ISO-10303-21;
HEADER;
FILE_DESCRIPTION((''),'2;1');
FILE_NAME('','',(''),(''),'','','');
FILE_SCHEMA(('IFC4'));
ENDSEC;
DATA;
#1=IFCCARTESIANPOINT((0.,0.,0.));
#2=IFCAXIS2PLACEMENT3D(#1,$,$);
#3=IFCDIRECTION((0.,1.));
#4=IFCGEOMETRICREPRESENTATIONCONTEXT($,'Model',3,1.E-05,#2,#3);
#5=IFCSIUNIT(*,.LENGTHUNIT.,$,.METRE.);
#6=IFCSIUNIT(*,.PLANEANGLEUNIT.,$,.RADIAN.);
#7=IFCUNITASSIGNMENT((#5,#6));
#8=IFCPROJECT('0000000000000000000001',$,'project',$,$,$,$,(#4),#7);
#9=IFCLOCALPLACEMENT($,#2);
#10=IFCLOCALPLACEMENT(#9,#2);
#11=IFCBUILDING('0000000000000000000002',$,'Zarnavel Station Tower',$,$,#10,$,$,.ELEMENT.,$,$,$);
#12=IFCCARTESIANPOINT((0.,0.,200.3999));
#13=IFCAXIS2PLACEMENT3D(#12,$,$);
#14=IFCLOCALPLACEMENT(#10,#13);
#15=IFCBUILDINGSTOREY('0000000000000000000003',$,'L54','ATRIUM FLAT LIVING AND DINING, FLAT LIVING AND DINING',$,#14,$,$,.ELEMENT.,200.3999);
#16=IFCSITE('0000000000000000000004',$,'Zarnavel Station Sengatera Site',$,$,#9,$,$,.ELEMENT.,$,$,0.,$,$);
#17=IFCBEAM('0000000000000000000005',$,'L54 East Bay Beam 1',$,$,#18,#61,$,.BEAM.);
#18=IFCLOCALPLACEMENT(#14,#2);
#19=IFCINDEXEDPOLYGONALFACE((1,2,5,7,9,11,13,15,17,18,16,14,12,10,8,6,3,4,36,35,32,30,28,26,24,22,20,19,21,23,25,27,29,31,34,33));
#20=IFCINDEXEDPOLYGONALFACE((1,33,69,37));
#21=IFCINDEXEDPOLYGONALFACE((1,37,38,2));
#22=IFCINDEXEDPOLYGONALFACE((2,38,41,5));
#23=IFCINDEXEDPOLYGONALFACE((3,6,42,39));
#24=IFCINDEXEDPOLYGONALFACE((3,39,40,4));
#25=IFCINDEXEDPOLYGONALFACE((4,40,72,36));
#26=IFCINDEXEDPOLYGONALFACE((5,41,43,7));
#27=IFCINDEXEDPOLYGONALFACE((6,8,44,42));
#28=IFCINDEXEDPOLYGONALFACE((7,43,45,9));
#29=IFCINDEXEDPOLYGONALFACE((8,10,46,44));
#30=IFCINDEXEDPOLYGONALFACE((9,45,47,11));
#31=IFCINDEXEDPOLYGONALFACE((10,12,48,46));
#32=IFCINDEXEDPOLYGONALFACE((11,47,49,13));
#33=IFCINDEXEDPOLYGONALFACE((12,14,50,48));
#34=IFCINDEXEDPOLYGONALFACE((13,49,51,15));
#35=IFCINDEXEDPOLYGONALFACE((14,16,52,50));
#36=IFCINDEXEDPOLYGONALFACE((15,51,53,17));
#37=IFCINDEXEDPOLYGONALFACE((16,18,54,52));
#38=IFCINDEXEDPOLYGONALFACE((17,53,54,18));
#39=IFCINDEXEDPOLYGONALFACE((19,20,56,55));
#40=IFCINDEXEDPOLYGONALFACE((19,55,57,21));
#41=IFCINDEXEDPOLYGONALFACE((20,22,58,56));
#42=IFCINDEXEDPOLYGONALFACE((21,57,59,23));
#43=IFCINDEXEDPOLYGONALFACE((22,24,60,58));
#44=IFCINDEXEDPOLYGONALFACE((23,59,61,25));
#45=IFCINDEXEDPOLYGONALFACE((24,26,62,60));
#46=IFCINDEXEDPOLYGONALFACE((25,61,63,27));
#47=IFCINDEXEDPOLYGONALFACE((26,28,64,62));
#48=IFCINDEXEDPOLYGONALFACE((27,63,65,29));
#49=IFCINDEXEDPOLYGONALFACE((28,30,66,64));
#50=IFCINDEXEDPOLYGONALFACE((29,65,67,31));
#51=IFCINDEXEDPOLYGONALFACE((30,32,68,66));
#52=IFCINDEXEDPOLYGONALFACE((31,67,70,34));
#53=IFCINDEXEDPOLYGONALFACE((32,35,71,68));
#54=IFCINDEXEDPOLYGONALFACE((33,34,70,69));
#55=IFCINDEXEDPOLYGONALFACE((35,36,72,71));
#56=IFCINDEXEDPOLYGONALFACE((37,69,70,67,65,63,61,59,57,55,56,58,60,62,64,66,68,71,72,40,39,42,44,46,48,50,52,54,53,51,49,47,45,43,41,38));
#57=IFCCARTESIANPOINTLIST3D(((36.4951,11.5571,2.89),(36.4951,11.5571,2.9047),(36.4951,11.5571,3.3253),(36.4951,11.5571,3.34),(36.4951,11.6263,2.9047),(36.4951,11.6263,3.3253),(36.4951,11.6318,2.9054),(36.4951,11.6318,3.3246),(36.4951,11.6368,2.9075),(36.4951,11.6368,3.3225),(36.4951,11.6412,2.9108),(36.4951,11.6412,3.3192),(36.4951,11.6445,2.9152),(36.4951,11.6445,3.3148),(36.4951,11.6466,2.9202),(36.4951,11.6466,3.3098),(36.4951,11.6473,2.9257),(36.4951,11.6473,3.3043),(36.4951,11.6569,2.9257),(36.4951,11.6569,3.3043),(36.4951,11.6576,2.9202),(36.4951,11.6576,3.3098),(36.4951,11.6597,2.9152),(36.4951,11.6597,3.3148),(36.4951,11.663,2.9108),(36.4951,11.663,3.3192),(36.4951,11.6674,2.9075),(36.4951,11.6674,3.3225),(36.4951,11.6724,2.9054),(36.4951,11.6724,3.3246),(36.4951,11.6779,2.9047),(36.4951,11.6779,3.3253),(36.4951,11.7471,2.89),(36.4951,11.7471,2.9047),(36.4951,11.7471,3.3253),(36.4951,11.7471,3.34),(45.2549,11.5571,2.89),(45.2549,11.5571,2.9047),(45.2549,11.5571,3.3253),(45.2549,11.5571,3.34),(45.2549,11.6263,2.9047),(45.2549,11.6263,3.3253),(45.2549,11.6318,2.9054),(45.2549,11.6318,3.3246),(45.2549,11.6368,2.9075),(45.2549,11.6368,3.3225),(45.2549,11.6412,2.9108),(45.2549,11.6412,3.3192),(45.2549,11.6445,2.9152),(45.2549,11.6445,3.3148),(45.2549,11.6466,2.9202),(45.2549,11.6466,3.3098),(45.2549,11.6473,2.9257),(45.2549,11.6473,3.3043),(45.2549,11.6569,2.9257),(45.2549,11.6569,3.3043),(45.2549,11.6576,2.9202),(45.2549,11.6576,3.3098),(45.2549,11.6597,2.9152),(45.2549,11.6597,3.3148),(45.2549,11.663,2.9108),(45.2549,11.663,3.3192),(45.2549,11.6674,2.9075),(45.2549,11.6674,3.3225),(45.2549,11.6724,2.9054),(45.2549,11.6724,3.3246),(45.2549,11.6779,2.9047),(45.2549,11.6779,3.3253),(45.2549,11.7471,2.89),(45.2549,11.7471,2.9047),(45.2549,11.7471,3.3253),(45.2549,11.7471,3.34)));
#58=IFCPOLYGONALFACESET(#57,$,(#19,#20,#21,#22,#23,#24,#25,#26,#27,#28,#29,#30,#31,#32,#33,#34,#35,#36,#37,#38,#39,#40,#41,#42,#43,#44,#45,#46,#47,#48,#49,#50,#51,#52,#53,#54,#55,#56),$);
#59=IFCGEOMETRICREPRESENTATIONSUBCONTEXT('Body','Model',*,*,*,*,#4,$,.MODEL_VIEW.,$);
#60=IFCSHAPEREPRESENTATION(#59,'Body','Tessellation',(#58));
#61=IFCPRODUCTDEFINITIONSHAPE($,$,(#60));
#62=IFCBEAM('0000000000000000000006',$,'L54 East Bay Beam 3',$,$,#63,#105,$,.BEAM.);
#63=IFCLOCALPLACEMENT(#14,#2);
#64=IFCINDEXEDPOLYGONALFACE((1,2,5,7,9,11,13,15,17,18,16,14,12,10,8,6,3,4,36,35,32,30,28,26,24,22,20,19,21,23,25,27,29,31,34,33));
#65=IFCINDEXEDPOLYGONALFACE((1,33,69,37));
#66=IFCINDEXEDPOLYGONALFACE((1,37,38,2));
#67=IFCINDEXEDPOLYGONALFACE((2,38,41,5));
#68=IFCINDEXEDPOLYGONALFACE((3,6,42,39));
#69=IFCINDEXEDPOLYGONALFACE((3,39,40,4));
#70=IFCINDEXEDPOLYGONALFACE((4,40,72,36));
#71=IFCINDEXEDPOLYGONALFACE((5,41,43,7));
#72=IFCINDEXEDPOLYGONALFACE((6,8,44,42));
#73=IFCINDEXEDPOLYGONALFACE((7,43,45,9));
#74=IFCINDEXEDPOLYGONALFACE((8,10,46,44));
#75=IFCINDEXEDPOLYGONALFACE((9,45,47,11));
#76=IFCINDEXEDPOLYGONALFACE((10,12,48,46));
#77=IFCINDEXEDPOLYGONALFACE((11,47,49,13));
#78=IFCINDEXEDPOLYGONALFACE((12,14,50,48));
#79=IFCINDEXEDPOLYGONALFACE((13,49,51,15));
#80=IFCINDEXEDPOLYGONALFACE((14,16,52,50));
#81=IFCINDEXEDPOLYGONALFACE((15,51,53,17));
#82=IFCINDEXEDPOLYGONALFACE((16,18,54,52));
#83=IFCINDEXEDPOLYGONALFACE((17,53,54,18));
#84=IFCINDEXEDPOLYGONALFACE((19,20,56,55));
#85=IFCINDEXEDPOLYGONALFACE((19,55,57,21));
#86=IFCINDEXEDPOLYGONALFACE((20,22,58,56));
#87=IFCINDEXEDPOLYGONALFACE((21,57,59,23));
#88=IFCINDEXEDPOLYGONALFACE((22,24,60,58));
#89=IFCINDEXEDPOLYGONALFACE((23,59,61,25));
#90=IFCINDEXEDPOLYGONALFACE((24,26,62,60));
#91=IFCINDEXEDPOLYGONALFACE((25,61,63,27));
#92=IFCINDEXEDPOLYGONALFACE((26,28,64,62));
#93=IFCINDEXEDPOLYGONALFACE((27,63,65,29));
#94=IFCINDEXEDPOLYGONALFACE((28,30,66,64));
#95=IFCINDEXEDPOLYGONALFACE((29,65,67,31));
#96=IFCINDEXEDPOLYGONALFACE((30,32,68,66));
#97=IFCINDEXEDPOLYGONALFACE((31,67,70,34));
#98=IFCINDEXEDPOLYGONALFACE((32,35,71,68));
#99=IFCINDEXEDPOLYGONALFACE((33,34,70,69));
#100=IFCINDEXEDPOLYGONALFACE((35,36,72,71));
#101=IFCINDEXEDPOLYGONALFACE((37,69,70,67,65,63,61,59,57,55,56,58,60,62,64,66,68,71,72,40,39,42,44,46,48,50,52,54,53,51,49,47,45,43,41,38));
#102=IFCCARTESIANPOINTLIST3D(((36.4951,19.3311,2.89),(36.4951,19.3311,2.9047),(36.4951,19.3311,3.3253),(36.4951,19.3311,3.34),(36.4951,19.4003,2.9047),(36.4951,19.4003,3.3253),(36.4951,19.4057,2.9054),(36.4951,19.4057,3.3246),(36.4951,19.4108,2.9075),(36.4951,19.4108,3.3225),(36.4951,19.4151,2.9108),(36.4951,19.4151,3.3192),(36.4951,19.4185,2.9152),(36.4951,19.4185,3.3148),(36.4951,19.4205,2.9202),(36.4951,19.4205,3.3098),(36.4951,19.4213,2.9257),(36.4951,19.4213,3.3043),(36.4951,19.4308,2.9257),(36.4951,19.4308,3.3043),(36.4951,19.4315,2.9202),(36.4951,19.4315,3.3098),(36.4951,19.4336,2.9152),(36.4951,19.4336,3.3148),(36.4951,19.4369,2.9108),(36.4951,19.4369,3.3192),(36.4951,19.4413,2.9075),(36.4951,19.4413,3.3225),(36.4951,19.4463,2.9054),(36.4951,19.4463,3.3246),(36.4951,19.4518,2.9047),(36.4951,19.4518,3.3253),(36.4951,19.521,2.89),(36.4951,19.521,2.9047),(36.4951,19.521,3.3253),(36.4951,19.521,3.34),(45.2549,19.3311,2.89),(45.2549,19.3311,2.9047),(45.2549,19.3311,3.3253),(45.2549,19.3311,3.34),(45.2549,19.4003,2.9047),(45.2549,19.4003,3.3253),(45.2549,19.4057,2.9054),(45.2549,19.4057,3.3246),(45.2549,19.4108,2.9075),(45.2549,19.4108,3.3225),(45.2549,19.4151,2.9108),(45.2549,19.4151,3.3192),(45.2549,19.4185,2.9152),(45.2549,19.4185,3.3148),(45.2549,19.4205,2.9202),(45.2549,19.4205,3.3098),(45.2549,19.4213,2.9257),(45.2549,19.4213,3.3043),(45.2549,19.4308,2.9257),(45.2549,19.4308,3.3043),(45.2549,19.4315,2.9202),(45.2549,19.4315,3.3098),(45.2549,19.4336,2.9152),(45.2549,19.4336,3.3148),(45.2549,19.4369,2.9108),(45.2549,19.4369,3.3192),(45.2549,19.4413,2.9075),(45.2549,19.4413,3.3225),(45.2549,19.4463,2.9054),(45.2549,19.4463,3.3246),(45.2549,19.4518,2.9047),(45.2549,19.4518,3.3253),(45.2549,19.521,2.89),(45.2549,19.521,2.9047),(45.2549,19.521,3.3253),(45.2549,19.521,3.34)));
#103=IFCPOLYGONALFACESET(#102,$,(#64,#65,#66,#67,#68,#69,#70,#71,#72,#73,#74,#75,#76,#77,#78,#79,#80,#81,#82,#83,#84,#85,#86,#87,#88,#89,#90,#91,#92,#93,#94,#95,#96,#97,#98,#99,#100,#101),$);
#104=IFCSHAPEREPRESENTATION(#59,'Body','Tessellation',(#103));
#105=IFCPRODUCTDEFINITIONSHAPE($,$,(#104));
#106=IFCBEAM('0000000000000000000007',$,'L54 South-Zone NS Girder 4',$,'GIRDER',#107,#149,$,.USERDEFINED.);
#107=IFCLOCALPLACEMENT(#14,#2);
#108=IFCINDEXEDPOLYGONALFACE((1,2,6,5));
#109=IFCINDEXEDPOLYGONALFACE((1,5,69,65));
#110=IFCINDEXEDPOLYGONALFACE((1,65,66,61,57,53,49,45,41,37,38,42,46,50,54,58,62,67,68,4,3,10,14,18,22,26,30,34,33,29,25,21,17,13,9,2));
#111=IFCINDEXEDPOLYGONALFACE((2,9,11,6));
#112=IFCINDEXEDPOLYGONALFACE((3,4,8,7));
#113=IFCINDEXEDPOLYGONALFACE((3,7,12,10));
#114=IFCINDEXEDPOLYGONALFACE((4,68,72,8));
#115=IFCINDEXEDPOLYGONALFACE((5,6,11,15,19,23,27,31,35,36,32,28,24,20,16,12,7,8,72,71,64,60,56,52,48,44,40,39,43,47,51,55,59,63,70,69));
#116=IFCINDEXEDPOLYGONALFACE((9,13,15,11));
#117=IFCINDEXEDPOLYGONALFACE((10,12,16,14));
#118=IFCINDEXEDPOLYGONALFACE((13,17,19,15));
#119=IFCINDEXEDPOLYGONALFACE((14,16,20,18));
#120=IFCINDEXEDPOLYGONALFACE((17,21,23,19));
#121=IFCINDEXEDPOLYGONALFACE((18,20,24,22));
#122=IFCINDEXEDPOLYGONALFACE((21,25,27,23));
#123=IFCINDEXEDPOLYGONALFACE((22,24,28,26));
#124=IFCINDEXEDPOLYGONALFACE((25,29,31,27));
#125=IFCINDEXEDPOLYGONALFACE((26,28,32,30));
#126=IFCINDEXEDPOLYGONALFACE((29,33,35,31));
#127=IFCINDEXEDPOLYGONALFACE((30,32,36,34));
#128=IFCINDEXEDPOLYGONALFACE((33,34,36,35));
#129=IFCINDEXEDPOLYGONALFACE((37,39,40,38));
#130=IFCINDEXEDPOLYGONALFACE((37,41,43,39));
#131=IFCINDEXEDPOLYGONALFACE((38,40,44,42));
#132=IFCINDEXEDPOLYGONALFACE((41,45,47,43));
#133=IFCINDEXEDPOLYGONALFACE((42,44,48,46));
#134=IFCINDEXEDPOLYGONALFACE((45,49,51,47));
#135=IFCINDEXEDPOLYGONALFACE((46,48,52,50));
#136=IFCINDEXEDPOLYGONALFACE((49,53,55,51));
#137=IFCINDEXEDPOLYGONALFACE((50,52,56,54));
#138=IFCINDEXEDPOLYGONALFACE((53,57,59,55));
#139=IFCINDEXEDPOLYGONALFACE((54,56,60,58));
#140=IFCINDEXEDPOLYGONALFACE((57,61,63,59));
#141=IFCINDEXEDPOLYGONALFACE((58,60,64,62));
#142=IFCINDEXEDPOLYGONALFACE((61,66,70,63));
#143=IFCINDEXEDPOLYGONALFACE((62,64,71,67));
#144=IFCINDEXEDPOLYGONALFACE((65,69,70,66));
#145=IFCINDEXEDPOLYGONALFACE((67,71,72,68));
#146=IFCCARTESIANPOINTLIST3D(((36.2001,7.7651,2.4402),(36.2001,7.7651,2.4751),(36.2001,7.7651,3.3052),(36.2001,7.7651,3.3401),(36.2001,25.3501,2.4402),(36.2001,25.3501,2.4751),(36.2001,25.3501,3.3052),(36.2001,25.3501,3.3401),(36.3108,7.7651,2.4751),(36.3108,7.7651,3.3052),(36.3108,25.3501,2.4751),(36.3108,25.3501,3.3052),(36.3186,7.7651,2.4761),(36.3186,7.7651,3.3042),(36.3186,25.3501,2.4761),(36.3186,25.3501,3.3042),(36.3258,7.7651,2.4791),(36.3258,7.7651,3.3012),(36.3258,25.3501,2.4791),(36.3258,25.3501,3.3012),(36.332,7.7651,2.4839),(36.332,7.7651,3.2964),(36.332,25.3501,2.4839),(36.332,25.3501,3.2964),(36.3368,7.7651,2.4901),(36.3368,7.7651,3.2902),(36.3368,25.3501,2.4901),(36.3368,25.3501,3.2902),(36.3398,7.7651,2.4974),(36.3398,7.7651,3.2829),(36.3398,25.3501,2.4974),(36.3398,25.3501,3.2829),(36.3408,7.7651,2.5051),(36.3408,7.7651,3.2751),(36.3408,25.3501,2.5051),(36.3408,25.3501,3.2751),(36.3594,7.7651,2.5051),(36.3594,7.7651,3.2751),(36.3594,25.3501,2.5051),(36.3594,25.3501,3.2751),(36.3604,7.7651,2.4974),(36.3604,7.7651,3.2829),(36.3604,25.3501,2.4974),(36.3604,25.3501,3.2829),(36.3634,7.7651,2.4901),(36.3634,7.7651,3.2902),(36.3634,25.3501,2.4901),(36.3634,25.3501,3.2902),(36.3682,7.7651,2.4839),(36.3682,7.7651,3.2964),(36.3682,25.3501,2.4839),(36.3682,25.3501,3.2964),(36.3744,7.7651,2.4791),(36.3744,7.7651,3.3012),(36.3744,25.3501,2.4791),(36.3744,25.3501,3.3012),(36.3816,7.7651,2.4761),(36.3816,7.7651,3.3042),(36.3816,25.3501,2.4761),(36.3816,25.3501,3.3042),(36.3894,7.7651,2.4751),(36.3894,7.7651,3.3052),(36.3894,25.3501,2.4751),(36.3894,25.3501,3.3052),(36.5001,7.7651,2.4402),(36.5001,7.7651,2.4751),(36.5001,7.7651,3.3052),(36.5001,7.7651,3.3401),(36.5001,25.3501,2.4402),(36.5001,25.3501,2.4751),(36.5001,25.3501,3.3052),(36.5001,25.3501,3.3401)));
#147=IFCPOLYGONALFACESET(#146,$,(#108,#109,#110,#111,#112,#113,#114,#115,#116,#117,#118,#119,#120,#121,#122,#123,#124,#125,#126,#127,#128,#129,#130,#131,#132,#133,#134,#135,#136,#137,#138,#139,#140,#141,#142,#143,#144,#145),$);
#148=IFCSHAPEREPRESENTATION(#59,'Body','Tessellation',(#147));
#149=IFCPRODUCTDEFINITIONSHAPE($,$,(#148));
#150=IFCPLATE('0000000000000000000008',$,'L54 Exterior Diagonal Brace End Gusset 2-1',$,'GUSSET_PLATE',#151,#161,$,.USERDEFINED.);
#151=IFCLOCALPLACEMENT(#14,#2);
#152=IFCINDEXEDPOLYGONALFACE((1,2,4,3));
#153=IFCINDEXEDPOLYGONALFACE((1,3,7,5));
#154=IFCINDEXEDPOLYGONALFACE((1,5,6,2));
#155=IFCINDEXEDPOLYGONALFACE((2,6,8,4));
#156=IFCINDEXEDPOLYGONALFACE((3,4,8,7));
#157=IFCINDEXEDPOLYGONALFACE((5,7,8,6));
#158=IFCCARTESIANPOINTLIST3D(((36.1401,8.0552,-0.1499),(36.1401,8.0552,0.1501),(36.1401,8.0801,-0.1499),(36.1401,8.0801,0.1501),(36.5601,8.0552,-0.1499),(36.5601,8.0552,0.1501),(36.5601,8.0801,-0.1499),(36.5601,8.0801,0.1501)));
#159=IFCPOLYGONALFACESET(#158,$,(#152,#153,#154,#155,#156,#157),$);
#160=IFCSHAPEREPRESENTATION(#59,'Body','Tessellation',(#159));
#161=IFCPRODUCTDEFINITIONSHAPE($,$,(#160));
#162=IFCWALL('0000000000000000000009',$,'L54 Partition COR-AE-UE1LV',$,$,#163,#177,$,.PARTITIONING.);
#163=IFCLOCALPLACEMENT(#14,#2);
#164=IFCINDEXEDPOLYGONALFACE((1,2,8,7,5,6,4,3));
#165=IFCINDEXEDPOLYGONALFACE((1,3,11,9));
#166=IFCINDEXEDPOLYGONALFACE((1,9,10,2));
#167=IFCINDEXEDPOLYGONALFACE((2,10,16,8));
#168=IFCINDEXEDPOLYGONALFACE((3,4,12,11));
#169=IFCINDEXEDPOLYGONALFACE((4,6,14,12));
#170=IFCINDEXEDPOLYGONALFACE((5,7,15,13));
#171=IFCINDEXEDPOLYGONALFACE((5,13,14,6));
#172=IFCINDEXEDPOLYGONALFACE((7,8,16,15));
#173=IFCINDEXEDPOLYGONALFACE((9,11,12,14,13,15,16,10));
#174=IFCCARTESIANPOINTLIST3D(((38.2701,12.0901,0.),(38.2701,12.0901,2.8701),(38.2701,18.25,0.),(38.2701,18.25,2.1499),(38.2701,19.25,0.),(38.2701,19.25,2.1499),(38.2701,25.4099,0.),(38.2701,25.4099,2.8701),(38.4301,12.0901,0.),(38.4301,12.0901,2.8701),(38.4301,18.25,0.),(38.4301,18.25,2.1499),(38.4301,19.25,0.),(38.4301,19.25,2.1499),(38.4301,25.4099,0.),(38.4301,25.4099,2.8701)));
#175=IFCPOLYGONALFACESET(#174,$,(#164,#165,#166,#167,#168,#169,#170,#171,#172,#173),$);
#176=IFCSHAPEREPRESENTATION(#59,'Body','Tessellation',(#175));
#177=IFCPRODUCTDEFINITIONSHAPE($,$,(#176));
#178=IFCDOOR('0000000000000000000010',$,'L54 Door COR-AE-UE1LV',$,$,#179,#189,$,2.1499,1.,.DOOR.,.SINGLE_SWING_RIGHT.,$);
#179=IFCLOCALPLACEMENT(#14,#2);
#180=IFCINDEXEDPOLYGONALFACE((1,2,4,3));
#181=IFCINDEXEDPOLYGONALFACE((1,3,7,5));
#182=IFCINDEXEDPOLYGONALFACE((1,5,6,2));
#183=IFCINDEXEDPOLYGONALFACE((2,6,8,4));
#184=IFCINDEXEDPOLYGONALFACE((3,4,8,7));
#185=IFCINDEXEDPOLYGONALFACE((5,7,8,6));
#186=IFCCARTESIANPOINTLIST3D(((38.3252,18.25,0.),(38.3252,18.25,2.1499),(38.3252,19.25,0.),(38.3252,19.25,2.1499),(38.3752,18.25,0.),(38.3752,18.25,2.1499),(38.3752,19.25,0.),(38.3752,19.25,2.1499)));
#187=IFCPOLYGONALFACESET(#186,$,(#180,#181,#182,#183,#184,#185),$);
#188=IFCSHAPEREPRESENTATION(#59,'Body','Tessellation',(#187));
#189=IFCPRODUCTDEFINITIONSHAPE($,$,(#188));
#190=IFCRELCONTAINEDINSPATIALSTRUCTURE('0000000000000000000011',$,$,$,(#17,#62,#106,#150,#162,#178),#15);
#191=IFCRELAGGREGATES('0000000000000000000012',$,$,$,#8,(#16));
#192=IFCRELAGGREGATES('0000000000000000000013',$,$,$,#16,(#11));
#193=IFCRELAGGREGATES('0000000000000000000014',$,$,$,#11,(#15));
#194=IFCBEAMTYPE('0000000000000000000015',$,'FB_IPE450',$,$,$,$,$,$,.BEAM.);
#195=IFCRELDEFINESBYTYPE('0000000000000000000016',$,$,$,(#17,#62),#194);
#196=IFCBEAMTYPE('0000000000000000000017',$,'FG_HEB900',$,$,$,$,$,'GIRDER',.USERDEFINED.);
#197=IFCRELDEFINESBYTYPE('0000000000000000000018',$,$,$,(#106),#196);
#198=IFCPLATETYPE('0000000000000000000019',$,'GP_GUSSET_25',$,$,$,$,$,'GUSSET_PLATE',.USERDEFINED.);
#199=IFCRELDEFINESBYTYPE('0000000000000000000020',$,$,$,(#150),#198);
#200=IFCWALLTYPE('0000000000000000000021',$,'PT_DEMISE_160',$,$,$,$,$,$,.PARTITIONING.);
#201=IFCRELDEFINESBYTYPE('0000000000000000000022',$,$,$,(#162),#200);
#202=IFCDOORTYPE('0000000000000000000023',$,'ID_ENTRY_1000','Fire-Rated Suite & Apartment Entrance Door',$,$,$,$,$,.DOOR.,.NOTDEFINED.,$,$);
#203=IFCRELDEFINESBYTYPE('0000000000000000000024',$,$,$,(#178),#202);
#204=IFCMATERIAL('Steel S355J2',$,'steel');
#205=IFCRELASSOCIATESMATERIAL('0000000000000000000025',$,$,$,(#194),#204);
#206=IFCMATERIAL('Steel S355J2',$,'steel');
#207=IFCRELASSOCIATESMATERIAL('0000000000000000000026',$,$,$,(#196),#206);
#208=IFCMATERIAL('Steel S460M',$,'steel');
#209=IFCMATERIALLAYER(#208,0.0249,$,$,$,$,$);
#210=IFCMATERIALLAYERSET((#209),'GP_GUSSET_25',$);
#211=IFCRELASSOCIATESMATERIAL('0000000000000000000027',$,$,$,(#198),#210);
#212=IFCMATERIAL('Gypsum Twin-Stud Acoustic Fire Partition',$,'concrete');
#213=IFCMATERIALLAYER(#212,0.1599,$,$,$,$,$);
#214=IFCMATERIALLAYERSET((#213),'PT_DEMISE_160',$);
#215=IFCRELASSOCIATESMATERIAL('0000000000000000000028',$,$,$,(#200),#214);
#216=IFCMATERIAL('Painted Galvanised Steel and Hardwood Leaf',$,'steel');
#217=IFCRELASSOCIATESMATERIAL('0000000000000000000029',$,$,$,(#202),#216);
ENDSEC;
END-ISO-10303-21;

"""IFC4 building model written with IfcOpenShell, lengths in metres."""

from ifc_helpers import new_model, si_unit, direction, frame, frame_2d, origin, origin_2d, place, context, subcontext, project, spatial, rectangle, i_section, extrude, material, layer, layer_set, material_profile, profile_set, type_object, element, fill, save


model = new_model("IFC4")

# Units and contexts
model_context = context("Model", 3, precision=1e-05, world=origin(), true_north=direction((0.0, 1.0)))
body_context = subcontext(model_context, "Body", "Model", "MODEL_VIEW")
ifc_project = project(units=[si_unit("LENGTHUNIT", "METRE"), si_unit("PLANEANGLEUNIT", "RADIAN")], contexts=[model_context])

# Site, building, storey
site_placement = place(None, origin())
site = spatial("IfcSite", under=ifc_project, at=site_placement, Name="Zarnavel Station Sengatera Site", CompositionType="ELEMENT", RefElevation=0.0)
building_placement = place(site_placement, origin())
building = spatial("IfcBuilding", under=site, at=building_placement, Name="Zarnavel Station Tower", CompositionType="ELEMENT")
storey_placement = place(building_placement, frame((0.0, 0.0, 200.3999)))
storey = spatial("IfcBuildingStorey", under=building, at=storey_placement, Name="L54", Description="ATRIUM FLAT LIVING AND DINING, FLAT LIVING AND DINING", CompositionType="ELEMENT", Elevation=200.3999)

# Beams
ifc_material_1 = material(Name="Steel S355J2", Category="steel")
ifc_material_profile_1 = material_profile(ifc_material_1, i_section(OverallWidth=0.1899, OverallDepth=0.45, WebThickness=0.0095, FlangeThickness=0.0146, FilletRadius=0.021, at=origin_2d()), Name="IPE450")
ifc_profile_set_1 = profile_set([ifc_material_profile_1], Name="Steel S355J2")
beam_type_1 = type_object("IfcBeamType", Name="FB_IPE450", PredefinedType="BEAM", material=ifc_profile_set_1)
for number, where, z_axis, x_axis, name in (
    (1, (36.4951, 11.6521, 3.115), (1.0, 0.0, 0.0), (0.0, 1.0, 0.0), "L54 East Bay Beam 1"),
    (2, (36.4951, 19.426, 3.115), (1.0, 0.0, 0.0), (0.0, 1.0, 0.0), "L54 East Bay Beam 3"),
):
    element("IfcBeam", number, at=place(storey_placement, frame(where, z_axis=z_axis, x_axis=x_axis)), inside=storey, type_object=beam_type_1, Name=name, PredefinedType="BEAM", context=body_context, shape_type="SweptSolid", body=[
        extrude(i_section(OverallWidth=0.1899, OverallDepth=0.45, WebThickness=0.0095, FlangeThickness=0.0146, FilletRadius=0.021, at=origin_2d()), origin(), (0.0, 0.0, 1.0), 8.7598),
    ])
ifc_material_2 = material(Name="Steel S355J2", Category="steel")
ifc_material_profile_2 = material_profile(ifc_material_2, i_section(OverallWidth=0.3, OverallDepth=0.8999, WebThickness=0.0186, FlangeThickness=0.0349, FilletRadius=0.03, at=origin_2d()), Name="HEB900")
ifc_profile_set_2 = profile_set([ifc_material_profile_2], Name="Steel S355J2")
beam_type_2 = type_object("IfcBeamType", Name="FG_HEB900", ElementType="GIRDER", PredefinedType="USERDEFINED", material=ifc_profile_set_2)
beam_1_placement = place(storey_placement, frame((36.3501, 7.7651, 2.8901), z_axis=(0.0, 1.0, 0.0), x_axis=(-1.0, 0.0, 0.0)))
element("IfcBeam", 3, at=beam_1_placement, inside=storey, type_object=beam_type_2, Name="L54 South-Zone NS Girder 4", ObjectType="GIRDER", PredefinedType="USERDEFINED", context=body_context, shape_type="SweptSolid", body=[
    extrude(i_section(OverallWidth=0.3, OverallDepth=0.8999, WebThickness=0.0186, FlangeThickness=0.0349, FilletRadius=0.03, at=origin_2d()), origin(), (0.0, 0.0, 1.0), 17.585),
])

# Plate
ifc_material_3 = material(Name="Steel S460M", Category="steel")
ifc_layer_1 = layer(ifc_material_3, 0.0249)
ifc_layer_set_1 = layer_set([ifc_layer_1], Name="GP_GUSSET_25")
plate_type = type_object("IfcPlateType", Name="GP_GUSSET_25", ElementType="GUSSET_PLATE", PredefinedType="USERDEFINED", material=ifc_layer_set_1)
plate_placement = place(storey_placement, frame((36.3501, 8.0676, -0.1499), z_axis=(0.0, 0.0, 1.0), x_axis=(1.0, 0.0, 0.0)))
element("IfcPlate", 4, at=plate_placement, inside=storey, type_object=plate_type, Name="L54 Exterior Diagonal Brace End Gusset 2-1", ObjectType="GUSSET_PLATE", PredefinedType="USERDEFINED", context=body_context, shape_type="SweptSolid", body=[
    extrude(rectangle(XDim=0.4199, YDim=0.0249, at=origin_2d()), origin(), (0.0, 0.0, 1.0), 0.3),
])

# Wall, opening, door
ifc_material_4 = material(Name="Gypsum Twin-Stud Acoustic Fire Partition", Category="concrete")
ifc_layer_2 = layer(ifc_material_4, 0.1599)
ifc_layer_set_2 = layer_set([ifc_layer_2], Name="PT_DEMISE_160")
wall_type_1 = type_object("IfcWallType", Name="PT_DEMISE_160", PredefinedType="PARTITIONING", material=ifc_layer_set_2)
wall_1_placement = place(storey_placement, frame((38.3501, 12.0901, 0.0), z_axis=(0.0, 0.0, 1.0), x_axis=(0.0, 1.0, 0.0)))
wall_1 = element("IfcWall", 5, at=wall_1_placement, inside=storey, type_object=wall_type_1, Name="L54 Partition COR-AE-UE1LV", PredefinedType="PARTITIONING", context=body_context, shape_type="SweptSolid", body=[
    extrude(rectangle(XDim=13.3198, YDim=0.1599, at=frame_2d((6.6599, 0.0))), origin(), (0.0, 0.0, 1.0), 2.8701),
])
opening_1_placement = place(wall_1_placement, frame((6.1599, 0.0, 0.0)))
opening_1 = element("IfcOpeningElement", 6, at=opening_1_placement, cuts=wall_1, PredefinedType="OPENING", context=body_context, shape_type="SweptSolid", body=[
    extrude(rectangle(XDim=1.0, YDim=2.1499, at=frame_2d((0.5, 1.075))), frame((0.0, 0.0898, 0.0), z_axis=(0.0, -1.0, 0.0), x_axis=(1.0, 0.0, 0.0)), (0.0, 0.0, 1.0), 0.1799),
])
ifc_material_5 = material(Name="Painted Galvanised Steel and Hardwood Leaf", Category="steel")
door_type_1 = type_object("IfcDoorType", Name="ID_ENTRY_1000", Description="Fire-Rated Suite & Apartment Entrance Door", OperationType="NOTDEFINED", PredefinedType="DOOR", material=ifc_material_5)
door_1_placement = place(opening_1_placement, origin())
door_1 = element("IfcDoor", 7, at=door_1_placement, inside=storey, type_object=door_type_1, Name="L54 Door COR-AE-UE1LV", OperationType="SINGLE_SWING_RIGHT", OverallHeight=2.1499, OverallWidth=1.0, PredefinedType="DOOR", context=body_context, shape_type="SweptSolid", body=[
    extrude(rectangle(XDim=1.0, YDim=2.1499, at=frame_2d((0.5, 1.075))), frame((0.0, 0.0249, 0.0), z_axis=(0.0, -1.0, 0.0), x_axis=(1.0, 0.0, 0.0)), (0.0, 0.0, 1.0), 0.05),
])
fill(opening_1, door_1)

save(model, "model.ifc")
